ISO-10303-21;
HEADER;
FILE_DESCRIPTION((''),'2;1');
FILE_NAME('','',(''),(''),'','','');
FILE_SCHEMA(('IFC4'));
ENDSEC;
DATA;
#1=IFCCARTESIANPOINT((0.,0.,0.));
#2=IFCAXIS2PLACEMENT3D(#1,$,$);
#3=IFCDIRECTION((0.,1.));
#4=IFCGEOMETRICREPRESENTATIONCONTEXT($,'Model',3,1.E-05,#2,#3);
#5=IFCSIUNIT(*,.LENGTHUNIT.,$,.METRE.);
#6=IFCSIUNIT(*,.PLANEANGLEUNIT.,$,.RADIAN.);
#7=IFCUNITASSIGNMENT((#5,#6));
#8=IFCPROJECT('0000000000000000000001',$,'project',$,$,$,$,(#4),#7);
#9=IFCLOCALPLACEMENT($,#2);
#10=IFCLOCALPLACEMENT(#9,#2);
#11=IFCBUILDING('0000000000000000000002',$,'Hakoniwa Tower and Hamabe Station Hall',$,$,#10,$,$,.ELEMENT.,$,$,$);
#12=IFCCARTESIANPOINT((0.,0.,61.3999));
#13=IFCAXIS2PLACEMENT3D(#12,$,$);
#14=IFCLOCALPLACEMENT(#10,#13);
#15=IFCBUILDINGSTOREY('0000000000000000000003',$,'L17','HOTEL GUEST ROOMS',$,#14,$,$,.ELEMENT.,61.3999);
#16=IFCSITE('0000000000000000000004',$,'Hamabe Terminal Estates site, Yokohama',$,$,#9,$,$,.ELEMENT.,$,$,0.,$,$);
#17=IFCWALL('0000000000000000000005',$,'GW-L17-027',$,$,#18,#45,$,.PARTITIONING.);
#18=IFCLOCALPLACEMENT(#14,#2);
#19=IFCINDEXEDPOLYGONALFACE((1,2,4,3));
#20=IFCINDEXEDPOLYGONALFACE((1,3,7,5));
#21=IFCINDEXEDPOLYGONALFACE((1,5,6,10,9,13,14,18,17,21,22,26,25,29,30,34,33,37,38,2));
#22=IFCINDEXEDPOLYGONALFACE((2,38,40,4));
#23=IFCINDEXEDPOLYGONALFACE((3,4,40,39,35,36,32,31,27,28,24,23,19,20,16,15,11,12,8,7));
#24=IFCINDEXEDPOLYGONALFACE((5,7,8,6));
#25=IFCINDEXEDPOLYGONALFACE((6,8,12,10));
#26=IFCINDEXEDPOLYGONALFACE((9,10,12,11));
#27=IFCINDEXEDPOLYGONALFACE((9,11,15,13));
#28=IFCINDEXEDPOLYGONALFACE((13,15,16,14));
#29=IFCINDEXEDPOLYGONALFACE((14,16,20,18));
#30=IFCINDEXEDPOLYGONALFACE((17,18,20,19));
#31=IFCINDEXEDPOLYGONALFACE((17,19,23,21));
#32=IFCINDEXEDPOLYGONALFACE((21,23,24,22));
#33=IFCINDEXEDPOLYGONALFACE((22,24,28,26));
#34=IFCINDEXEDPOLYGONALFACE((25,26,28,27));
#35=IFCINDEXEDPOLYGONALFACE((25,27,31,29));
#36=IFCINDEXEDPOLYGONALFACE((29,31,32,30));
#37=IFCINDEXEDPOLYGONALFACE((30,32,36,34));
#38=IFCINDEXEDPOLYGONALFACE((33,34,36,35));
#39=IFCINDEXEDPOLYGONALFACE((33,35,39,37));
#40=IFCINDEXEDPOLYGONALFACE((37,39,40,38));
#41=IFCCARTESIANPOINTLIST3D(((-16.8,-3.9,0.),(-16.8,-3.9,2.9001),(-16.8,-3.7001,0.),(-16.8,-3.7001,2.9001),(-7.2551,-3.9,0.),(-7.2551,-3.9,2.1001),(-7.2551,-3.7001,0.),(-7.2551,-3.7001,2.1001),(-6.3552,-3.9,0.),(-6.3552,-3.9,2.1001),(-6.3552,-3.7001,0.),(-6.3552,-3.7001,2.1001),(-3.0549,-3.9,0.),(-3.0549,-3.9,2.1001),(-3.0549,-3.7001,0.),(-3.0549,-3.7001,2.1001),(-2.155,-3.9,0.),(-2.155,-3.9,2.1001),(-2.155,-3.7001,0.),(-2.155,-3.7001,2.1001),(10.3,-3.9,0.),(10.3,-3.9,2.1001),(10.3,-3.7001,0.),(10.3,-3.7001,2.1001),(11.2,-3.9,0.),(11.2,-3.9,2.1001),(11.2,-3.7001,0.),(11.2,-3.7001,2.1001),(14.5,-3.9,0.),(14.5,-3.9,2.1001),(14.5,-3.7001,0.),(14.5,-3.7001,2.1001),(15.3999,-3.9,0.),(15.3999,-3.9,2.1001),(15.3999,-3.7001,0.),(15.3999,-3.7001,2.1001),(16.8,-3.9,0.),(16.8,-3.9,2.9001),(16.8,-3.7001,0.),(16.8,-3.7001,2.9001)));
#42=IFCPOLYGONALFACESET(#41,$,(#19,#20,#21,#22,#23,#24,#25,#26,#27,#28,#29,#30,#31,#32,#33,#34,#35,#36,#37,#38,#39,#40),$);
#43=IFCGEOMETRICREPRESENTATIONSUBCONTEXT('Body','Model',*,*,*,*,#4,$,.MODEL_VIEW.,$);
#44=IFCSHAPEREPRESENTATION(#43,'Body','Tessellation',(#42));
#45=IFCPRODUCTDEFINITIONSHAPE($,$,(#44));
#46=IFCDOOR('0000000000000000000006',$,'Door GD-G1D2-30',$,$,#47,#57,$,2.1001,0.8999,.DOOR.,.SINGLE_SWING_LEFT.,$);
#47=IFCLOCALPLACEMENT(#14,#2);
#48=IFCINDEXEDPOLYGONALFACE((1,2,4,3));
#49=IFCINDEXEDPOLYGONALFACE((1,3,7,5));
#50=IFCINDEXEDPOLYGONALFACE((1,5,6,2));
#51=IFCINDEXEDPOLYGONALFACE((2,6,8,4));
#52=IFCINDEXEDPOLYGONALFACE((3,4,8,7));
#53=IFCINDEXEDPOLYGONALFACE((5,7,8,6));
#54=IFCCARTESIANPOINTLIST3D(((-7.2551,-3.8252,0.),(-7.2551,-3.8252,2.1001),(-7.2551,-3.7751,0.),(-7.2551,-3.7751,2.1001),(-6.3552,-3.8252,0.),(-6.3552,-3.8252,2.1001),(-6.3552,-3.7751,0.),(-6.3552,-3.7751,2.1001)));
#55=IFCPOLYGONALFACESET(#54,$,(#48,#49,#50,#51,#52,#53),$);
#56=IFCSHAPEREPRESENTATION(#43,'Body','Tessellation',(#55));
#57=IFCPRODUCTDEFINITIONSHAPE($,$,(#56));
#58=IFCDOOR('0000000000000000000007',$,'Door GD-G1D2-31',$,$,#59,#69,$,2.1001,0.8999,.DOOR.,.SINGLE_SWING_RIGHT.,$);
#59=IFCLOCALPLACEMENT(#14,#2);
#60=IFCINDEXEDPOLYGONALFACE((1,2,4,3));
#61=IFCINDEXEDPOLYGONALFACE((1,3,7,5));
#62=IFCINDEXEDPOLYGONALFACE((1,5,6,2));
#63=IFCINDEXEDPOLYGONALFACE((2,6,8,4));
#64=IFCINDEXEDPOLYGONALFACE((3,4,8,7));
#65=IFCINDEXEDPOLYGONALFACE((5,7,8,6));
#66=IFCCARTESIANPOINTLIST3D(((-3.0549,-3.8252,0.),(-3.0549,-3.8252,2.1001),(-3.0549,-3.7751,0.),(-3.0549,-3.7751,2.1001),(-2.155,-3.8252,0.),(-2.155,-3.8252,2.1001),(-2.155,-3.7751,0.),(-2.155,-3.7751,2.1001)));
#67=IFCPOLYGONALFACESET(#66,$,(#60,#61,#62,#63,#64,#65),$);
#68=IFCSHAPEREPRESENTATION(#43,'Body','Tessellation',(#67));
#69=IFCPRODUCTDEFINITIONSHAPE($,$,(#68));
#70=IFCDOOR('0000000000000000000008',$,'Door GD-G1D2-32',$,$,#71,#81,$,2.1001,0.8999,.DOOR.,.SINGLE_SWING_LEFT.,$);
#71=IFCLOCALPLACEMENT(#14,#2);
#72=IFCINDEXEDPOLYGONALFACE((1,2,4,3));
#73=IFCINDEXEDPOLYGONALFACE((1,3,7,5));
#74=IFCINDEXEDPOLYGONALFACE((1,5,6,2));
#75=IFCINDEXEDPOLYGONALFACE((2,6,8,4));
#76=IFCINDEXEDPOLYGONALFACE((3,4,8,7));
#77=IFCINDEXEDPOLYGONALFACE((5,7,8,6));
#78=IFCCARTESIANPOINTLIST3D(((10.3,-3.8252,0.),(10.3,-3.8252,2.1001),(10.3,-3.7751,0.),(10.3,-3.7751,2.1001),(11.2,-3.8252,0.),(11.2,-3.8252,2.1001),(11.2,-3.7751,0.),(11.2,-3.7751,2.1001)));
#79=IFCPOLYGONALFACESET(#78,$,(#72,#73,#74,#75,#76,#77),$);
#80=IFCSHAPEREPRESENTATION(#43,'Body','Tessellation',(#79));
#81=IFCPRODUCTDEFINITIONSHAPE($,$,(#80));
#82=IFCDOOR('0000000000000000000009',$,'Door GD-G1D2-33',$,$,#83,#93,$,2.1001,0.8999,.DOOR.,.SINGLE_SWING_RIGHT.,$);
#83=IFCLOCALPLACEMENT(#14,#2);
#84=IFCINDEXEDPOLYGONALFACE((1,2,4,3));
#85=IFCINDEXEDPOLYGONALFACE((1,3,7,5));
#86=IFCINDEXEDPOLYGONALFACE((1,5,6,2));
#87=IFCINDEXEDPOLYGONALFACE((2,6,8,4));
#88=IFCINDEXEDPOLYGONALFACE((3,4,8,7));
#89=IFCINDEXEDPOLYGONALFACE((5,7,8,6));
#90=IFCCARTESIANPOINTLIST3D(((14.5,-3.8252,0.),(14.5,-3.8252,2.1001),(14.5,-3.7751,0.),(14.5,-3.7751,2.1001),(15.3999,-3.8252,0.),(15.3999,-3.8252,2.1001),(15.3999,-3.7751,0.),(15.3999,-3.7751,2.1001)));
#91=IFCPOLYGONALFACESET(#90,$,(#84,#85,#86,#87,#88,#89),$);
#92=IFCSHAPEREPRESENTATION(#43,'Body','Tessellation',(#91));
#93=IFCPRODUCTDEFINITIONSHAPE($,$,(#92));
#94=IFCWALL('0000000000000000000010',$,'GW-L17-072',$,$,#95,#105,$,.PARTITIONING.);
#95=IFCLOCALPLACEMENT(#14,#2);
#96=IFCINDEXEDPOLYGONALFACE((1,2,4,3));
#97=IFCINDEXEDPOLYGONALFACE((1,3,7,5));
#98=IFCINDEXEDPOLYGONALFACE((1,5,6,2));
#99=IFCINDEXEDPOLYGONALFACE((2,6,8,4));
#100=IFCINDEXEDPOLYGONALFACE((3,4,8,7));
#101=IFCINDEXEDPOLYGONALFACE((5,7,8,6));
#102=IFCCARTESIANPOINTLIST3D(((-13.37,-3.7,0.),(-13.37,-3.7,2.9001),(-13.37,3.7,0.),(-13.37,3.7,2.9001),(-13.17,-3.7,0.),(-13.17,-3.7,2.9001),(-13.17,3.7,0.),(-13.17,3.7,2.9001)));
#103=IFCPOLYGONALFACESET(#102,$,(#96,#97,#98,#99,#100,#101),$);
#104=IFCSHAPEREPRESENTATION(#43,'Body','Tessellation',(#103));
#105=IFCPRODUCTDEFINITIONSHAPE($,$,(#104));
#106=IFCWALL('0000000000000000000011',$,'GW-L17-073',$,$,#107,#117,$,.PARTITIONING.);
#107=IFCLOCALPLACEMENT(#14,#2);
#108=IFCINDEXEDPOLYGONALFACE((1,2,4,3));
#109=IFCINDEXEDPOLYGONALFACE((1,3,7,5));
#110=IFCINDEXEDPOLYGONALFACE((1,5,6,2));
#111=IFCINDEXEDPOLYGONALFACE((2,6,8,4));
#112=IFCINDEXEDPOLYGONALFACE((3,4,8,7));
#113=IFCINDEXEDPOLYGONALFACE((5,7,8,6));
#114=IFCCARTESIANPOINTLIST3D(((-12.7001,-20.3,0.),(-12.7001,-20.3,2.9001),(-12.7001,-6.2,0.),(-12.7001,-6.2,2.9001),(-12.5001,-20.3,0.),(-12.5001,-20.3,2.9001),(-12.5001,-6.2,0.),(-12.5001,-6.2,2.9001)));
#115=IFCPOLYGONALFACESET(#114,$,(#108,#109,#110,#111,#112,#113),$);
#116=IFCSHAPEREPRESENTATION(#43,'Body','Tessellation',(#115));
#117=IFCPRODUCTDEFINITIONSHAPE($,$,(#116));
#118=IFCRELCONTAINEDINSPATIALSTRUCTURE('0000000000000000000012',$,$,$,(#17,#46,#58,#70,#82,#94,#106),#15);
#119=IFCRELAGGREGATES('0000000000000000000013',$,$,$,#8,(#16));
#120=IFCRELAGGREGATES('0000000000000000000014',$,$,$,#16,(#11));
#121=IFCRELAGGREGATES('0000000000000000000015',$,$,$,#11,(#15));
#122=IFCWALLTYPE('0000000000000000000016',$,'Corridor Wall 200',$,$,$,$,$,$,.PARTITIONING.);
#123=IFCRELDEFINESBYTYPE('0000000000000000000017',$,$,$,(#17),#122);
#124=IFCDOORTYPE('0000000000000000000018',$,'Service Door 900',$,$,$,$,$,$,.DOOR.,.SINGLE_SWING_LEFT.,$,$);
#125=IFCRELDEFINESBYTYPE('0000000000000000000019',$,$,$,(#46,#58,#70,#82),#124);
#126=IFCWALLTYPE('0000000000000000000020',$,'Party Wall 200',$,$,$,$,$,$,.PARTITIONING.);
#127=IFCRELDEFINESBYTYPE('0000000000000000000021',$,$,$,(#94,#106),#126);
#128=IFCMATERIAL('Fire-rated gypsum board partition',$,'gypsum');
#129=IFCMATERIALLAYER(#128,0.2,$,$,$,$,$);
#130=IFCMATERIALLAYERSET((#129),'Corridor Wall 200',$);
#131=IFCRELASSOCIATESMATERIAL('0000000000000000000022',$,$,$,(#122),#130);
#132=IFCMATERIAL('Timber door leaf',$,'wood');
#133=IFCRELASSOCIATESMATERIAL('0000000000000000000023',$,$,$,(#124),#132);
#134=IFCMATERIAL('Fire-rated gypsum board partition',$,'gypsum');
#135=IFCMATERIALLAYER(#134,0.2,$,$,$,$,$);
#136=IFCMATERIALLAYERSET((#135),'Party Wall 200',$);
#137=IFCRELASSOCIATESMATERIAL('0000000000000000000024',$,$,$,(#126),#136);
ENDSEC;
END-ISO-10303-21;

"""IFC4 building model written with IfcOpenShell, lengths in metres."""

from ifc_helpers import new_model, si_unit, direction, frame, frame_2d, origin, place, context, subcontext, project, spatial, rectangle, extrude, material, layer, layer_set, type_object, element, fill, save


model = new_model("IFC4")

# Units and contexts
model_context = context("Model", 3, precision=1e-05, world=origin(), true_north=direction((0.0, 1.0)))
body_context = subcontext(model_context, "Body", "Model", "MODEL_VIEW")
ifc_project = project(units=[si_unit("LENGTHUNIT", "METRE"), si_unit("PLANEANGLEUNIT", "RADIAN")], contexts=[model_context])

# Site, building, storey
site_placement = place(None, origin())
site = spatial("IfcSite", under=ifc_project, at=site_placement, Name="Hamabe Terminal Estates site, Yokohama", CompositionType="ELEMENT", RefElevation=0.0)
building_placement = place(site_placement, origin())
building = spatial("IfcBuilding", under=site, at=building_placement, Name="Hakoniwa Tower and Hamabe Station Hall", CompositionType="ELEMENT")
storey_placement = place(building_placement, frame((0.0, 0.0, 61.3999)))
storey = spatial("IfcBuildingStorey", under=building, at=storey_placement, Name="L17", Description="HOTEL GUEST ROOMS", CompositionType="ELEMENT", Elevation=61.3999)

# Wall, openings, doors
ifc_material_1 = material(Name="Fire-rated gypsum board partition", Category="gypsum")
ifc_layer_1 = layer(ifc_material_1, 0.2)
ifc_layer_set_1 = layer_set([ifc_layer_1], Name="Corridor Wall 200")
wall_type_1 = type_object("IfcWallType", Name="Corridor Wall 200", PredefinedType="PARTITIONING", material=ifc_layer_set_1)
wall_1_placement = place(storey_placement, frame((-16.8, -3.8, 0.0), z_axis=(0.0, 0.0, 1.0), x_axis=(1.0, 0.0, 0.0)))
wall_1 = element("IfcWall", 1, at=wall_1_placement, inside=storey, type_object=wall_type_1, Name="GW-L17-027", PredefinedType="PARTITIONING", context=body_context, shape_type="SweptSolid", body=[
    extrude(rectangle(XDim=33.6001, YDim=0.2, at=frame_2d((16.8, 0.0))), origin(), (0.0, 0.0, 1.0), 2.9001),
])
opening_1_placement = place(wall_1_placement, frame((9.5449, 0.0, 0.0)))
opening_1 = element("IfcOpeningElement", 2, at=opening_1_placement, cuts=wall_1, PredefinedType="OPENING", context=body_context, shape_type="SweptSolid", body=[
    extrude(rectangle(XDim=0.8999, YDim=2.1001, at=frame_2d((0.45, 1.05))), frame((0.0, 0.1099, 0.0), z_axis=(0.0, -1.0, 0.0), x_axis=(1.0, 0.0, 0.0)), (0.0, 0.0, 1.0), 0.22),
])
opening_2_placement = place(wall_1_placement, frame((13.7451, 0.0, 0.0)))
opening_2 = element("IfcOpeningElement", 3, at=opening_2_placement, cuts=wall_1, PredefinedType="OPENING", context=body_context, shape_type="SweptSolid", body=[
    extrude(rectangle(XDim=0.8999, YDim=2.1001, at=frame_2d((0.45, 1.05))), frame((0.0, 0.1099, 0.0), z_axis=(0.0, -1.0, 0.0), x_axis=(1.0, 0.0, 0.0)), (0.0, 0.0, 1.0), 0.22),
])
opening_3_placement = place(wall_1_placement, frame((27.1001, 0.0, 0.0)))
opening_3 = element("IfcOpeningElement", 4, at=opening_3_placement, cuts=wall_1, PredefinedType="OPENING", context=body_context, shape_type="SweptSolid", body=[
    extrude(rectangle(XDim=0.8999, YDim=2.1001, at=frame_2d((0.45, 1.05))), frame((0.0, 0.1099, 0.0), z_axis=(0.0, -1.0, 0.0), x_axis=(1.0, 0.0, 0.0)), (0.0, 0.0, 1.0), 0.22),
])
opening_4_placement = place(wall_1_placement, frame((31.3, 0.0, 0.0)))
opening_4 = element("IfcOpeningElement", 5, at=opening_4_placement, cuts=wall_1, PredefinedType="OPENING", context=body_context, shape_type="SweptSolid", body=[
    extrude(rectangle(XDim=0.8999, YDim=2.1001, at=frame_2d((0.45, 1.05))), frame((0.0, 0.1099, 0.0), z_axis=(0.0, -1.0, 0.0), x_axis=(1.0, 0.0, 0.0)), (0.0, 0.0, 1.0), 0.22),
])
ifc_material_2 = material(Name="Timber door leaf", Category="wood")
door_type_1 = type_object("IfcDoorType", Name="Service Door 900", OperationType="SINGLE_SWING_LEFT", PredefinedType="DOOR", material=ifc_material_2)
door_1_placement = place(opening_1_placement, origin())
door_1 = element("IfcDoor", 6, at=door_1_placement, inside=storey, type_object=door_type_1, Name="Door GD-G1D2-30", OperationType="SINGLE_SWING_LEFT", OverallHeight=2.1001, OverallWidth=0.8999, PredefinedType="DOOR", context=body_context, shape_type="SweptSolid", body=[
    extrude(rectangle(XDim=0.8999, YDim=2.1001, at=frame_2d((0.45, 1.05))), frame((0.0, 0.0249, 0.0), z_axis=(0.0, -1.0, 0.0), x_axis=(1.0, 0.0, 0.0)), (0.0, 0.0, 1.0), 0.05),
])
fill(opening_1, door_1)
door_2_placement = place(opening_2_placement, origin())
door_2 = element("IfcDoor", 7, at=door_2_placement, inside=storey, type_object=door_type_1, Name="Door GD-G1D2-31", OperationType="SINGLE_SWING_RIGHT", OverallHeight=2.1001, OverallWidth=0.8999, PredefinedType="DOOR", context=body_context, shape_type="SweptSolid", body=[
    extrude(rectangle(XDim=0.8999, YDim=2.1001, at=frame_2d((0.45, 1.05))), frame((0.0, 0.0249, 0.0), z_axis=(0.0, -1.0, 0.0), x_axis=(1.0, 0.0, 0.0)), (0.0, 0.0, 1.0), 0.05),
])
fill(opening_2, door_2)
door_3_placement = place(opening_3_placement, origin())
door_3 = element("IfcDoor", 8, at=door_3_placement, inside=storey, type_object=door_type_1, Name="Door GD-G1D2-32", OperationType="SINGLE_SWING_LEFT", OverallHeight=2.1001, OverallWidth=0.8999, PredefinedType="DOOR", context=body_context, shape_type="SweptSolid", body=[
    extrude(rectangle(XDim=0.8999, YDim=2.1001, at=frame_2d((0.45, 1.05))), frame((0.0, 0.0249, 0.0), z_axis=(0.0, -1.0, 0.0), x_axis=(1.0, 0.0, 0.0)), (0.0, 0.0, 1.0), 0.05),
])
fill(opening_3, door_3)
door_4_placement = place(opening_4_placement, origin())
door_4 = element("IfcDoor", 9, at=door_4_placement, inside=storey, type_object=door_type_1, Name="Door GD-G1D2-33", OperationType="SINGLE_SWING_RIGHT", OverallHeight=2.1001, OverallWidth=0.8999, PredefinedType="DOOR", context=body_context, shape_type="SweptSolid", body=[
    extrude(rectangle(XDim=0.8999, YDim=2.1001, at=frame_2d((0.45, 1.05))), frame((0.0, 0.0249, 0.0), z_axis=(0.0, -1.0, 0.0), x_axis=(1.0, 0.0, 0.0)), (0.0, 0.0, 1.0), 0.05),
])
fill(opening_4, door_4)

# Walls
ifc_material_3 = material(Name="Fire-rated gypsum board partition", Category="gypsum")
ifc_layer_2 = layer(ifc_material_3, 0.2)
ifc_layer_set_2 = layer_set([ifc_layer_2], Name="Party Wall 200")
wall_type_2 = type_object("IfcWallType", Name="Party Wall 200", PredefinedType="PARTITIONING", material=ifc_layer_set_2)
wall_2_placement = place(storey_placement, frame((-13.27, -3.7, 0.0), z_axis=(0.0, 0.0, 1.0), x_axis=(0.0, 1.0, 0.0)))
element("IfcWall", 10, at=wall_2_placement, inside=storey, type_object=wall_type_2, Name="GW-L17-072", PredefinedType="PARTITIONING", context=body_context, shape_type="SweptSolid", body=[
    extrude(rectangle(XDim=7.3999, YDim=0.2, at=frame_2d((3.7, 0.0))), origin(), (0.0, 0.0, 1.0), 2.9001),
])
wall_3_placement = place(storey_placement, frame((-12.6001, -20.3, 0.0), z_axis=(0.0, 0.0, 1.0), x_axis=(0.0, 1.0, 0.0)))
element("IfcWall", 11, at=wall_3_placement, inside=storey, type_object=wall_type_2, Name="GW-L17-073", PredefinedType="PARTITIONING", context=body_context, shape_type="SweptSolid", body=[
    extrude(rectangle(XDim=14.1001, YDim=0.2, at=frame_2d((7.05, 0.0))), origin(), (0.0, 0.0, 1.0), 2.9001),
])

save(model, "model.ifc")
